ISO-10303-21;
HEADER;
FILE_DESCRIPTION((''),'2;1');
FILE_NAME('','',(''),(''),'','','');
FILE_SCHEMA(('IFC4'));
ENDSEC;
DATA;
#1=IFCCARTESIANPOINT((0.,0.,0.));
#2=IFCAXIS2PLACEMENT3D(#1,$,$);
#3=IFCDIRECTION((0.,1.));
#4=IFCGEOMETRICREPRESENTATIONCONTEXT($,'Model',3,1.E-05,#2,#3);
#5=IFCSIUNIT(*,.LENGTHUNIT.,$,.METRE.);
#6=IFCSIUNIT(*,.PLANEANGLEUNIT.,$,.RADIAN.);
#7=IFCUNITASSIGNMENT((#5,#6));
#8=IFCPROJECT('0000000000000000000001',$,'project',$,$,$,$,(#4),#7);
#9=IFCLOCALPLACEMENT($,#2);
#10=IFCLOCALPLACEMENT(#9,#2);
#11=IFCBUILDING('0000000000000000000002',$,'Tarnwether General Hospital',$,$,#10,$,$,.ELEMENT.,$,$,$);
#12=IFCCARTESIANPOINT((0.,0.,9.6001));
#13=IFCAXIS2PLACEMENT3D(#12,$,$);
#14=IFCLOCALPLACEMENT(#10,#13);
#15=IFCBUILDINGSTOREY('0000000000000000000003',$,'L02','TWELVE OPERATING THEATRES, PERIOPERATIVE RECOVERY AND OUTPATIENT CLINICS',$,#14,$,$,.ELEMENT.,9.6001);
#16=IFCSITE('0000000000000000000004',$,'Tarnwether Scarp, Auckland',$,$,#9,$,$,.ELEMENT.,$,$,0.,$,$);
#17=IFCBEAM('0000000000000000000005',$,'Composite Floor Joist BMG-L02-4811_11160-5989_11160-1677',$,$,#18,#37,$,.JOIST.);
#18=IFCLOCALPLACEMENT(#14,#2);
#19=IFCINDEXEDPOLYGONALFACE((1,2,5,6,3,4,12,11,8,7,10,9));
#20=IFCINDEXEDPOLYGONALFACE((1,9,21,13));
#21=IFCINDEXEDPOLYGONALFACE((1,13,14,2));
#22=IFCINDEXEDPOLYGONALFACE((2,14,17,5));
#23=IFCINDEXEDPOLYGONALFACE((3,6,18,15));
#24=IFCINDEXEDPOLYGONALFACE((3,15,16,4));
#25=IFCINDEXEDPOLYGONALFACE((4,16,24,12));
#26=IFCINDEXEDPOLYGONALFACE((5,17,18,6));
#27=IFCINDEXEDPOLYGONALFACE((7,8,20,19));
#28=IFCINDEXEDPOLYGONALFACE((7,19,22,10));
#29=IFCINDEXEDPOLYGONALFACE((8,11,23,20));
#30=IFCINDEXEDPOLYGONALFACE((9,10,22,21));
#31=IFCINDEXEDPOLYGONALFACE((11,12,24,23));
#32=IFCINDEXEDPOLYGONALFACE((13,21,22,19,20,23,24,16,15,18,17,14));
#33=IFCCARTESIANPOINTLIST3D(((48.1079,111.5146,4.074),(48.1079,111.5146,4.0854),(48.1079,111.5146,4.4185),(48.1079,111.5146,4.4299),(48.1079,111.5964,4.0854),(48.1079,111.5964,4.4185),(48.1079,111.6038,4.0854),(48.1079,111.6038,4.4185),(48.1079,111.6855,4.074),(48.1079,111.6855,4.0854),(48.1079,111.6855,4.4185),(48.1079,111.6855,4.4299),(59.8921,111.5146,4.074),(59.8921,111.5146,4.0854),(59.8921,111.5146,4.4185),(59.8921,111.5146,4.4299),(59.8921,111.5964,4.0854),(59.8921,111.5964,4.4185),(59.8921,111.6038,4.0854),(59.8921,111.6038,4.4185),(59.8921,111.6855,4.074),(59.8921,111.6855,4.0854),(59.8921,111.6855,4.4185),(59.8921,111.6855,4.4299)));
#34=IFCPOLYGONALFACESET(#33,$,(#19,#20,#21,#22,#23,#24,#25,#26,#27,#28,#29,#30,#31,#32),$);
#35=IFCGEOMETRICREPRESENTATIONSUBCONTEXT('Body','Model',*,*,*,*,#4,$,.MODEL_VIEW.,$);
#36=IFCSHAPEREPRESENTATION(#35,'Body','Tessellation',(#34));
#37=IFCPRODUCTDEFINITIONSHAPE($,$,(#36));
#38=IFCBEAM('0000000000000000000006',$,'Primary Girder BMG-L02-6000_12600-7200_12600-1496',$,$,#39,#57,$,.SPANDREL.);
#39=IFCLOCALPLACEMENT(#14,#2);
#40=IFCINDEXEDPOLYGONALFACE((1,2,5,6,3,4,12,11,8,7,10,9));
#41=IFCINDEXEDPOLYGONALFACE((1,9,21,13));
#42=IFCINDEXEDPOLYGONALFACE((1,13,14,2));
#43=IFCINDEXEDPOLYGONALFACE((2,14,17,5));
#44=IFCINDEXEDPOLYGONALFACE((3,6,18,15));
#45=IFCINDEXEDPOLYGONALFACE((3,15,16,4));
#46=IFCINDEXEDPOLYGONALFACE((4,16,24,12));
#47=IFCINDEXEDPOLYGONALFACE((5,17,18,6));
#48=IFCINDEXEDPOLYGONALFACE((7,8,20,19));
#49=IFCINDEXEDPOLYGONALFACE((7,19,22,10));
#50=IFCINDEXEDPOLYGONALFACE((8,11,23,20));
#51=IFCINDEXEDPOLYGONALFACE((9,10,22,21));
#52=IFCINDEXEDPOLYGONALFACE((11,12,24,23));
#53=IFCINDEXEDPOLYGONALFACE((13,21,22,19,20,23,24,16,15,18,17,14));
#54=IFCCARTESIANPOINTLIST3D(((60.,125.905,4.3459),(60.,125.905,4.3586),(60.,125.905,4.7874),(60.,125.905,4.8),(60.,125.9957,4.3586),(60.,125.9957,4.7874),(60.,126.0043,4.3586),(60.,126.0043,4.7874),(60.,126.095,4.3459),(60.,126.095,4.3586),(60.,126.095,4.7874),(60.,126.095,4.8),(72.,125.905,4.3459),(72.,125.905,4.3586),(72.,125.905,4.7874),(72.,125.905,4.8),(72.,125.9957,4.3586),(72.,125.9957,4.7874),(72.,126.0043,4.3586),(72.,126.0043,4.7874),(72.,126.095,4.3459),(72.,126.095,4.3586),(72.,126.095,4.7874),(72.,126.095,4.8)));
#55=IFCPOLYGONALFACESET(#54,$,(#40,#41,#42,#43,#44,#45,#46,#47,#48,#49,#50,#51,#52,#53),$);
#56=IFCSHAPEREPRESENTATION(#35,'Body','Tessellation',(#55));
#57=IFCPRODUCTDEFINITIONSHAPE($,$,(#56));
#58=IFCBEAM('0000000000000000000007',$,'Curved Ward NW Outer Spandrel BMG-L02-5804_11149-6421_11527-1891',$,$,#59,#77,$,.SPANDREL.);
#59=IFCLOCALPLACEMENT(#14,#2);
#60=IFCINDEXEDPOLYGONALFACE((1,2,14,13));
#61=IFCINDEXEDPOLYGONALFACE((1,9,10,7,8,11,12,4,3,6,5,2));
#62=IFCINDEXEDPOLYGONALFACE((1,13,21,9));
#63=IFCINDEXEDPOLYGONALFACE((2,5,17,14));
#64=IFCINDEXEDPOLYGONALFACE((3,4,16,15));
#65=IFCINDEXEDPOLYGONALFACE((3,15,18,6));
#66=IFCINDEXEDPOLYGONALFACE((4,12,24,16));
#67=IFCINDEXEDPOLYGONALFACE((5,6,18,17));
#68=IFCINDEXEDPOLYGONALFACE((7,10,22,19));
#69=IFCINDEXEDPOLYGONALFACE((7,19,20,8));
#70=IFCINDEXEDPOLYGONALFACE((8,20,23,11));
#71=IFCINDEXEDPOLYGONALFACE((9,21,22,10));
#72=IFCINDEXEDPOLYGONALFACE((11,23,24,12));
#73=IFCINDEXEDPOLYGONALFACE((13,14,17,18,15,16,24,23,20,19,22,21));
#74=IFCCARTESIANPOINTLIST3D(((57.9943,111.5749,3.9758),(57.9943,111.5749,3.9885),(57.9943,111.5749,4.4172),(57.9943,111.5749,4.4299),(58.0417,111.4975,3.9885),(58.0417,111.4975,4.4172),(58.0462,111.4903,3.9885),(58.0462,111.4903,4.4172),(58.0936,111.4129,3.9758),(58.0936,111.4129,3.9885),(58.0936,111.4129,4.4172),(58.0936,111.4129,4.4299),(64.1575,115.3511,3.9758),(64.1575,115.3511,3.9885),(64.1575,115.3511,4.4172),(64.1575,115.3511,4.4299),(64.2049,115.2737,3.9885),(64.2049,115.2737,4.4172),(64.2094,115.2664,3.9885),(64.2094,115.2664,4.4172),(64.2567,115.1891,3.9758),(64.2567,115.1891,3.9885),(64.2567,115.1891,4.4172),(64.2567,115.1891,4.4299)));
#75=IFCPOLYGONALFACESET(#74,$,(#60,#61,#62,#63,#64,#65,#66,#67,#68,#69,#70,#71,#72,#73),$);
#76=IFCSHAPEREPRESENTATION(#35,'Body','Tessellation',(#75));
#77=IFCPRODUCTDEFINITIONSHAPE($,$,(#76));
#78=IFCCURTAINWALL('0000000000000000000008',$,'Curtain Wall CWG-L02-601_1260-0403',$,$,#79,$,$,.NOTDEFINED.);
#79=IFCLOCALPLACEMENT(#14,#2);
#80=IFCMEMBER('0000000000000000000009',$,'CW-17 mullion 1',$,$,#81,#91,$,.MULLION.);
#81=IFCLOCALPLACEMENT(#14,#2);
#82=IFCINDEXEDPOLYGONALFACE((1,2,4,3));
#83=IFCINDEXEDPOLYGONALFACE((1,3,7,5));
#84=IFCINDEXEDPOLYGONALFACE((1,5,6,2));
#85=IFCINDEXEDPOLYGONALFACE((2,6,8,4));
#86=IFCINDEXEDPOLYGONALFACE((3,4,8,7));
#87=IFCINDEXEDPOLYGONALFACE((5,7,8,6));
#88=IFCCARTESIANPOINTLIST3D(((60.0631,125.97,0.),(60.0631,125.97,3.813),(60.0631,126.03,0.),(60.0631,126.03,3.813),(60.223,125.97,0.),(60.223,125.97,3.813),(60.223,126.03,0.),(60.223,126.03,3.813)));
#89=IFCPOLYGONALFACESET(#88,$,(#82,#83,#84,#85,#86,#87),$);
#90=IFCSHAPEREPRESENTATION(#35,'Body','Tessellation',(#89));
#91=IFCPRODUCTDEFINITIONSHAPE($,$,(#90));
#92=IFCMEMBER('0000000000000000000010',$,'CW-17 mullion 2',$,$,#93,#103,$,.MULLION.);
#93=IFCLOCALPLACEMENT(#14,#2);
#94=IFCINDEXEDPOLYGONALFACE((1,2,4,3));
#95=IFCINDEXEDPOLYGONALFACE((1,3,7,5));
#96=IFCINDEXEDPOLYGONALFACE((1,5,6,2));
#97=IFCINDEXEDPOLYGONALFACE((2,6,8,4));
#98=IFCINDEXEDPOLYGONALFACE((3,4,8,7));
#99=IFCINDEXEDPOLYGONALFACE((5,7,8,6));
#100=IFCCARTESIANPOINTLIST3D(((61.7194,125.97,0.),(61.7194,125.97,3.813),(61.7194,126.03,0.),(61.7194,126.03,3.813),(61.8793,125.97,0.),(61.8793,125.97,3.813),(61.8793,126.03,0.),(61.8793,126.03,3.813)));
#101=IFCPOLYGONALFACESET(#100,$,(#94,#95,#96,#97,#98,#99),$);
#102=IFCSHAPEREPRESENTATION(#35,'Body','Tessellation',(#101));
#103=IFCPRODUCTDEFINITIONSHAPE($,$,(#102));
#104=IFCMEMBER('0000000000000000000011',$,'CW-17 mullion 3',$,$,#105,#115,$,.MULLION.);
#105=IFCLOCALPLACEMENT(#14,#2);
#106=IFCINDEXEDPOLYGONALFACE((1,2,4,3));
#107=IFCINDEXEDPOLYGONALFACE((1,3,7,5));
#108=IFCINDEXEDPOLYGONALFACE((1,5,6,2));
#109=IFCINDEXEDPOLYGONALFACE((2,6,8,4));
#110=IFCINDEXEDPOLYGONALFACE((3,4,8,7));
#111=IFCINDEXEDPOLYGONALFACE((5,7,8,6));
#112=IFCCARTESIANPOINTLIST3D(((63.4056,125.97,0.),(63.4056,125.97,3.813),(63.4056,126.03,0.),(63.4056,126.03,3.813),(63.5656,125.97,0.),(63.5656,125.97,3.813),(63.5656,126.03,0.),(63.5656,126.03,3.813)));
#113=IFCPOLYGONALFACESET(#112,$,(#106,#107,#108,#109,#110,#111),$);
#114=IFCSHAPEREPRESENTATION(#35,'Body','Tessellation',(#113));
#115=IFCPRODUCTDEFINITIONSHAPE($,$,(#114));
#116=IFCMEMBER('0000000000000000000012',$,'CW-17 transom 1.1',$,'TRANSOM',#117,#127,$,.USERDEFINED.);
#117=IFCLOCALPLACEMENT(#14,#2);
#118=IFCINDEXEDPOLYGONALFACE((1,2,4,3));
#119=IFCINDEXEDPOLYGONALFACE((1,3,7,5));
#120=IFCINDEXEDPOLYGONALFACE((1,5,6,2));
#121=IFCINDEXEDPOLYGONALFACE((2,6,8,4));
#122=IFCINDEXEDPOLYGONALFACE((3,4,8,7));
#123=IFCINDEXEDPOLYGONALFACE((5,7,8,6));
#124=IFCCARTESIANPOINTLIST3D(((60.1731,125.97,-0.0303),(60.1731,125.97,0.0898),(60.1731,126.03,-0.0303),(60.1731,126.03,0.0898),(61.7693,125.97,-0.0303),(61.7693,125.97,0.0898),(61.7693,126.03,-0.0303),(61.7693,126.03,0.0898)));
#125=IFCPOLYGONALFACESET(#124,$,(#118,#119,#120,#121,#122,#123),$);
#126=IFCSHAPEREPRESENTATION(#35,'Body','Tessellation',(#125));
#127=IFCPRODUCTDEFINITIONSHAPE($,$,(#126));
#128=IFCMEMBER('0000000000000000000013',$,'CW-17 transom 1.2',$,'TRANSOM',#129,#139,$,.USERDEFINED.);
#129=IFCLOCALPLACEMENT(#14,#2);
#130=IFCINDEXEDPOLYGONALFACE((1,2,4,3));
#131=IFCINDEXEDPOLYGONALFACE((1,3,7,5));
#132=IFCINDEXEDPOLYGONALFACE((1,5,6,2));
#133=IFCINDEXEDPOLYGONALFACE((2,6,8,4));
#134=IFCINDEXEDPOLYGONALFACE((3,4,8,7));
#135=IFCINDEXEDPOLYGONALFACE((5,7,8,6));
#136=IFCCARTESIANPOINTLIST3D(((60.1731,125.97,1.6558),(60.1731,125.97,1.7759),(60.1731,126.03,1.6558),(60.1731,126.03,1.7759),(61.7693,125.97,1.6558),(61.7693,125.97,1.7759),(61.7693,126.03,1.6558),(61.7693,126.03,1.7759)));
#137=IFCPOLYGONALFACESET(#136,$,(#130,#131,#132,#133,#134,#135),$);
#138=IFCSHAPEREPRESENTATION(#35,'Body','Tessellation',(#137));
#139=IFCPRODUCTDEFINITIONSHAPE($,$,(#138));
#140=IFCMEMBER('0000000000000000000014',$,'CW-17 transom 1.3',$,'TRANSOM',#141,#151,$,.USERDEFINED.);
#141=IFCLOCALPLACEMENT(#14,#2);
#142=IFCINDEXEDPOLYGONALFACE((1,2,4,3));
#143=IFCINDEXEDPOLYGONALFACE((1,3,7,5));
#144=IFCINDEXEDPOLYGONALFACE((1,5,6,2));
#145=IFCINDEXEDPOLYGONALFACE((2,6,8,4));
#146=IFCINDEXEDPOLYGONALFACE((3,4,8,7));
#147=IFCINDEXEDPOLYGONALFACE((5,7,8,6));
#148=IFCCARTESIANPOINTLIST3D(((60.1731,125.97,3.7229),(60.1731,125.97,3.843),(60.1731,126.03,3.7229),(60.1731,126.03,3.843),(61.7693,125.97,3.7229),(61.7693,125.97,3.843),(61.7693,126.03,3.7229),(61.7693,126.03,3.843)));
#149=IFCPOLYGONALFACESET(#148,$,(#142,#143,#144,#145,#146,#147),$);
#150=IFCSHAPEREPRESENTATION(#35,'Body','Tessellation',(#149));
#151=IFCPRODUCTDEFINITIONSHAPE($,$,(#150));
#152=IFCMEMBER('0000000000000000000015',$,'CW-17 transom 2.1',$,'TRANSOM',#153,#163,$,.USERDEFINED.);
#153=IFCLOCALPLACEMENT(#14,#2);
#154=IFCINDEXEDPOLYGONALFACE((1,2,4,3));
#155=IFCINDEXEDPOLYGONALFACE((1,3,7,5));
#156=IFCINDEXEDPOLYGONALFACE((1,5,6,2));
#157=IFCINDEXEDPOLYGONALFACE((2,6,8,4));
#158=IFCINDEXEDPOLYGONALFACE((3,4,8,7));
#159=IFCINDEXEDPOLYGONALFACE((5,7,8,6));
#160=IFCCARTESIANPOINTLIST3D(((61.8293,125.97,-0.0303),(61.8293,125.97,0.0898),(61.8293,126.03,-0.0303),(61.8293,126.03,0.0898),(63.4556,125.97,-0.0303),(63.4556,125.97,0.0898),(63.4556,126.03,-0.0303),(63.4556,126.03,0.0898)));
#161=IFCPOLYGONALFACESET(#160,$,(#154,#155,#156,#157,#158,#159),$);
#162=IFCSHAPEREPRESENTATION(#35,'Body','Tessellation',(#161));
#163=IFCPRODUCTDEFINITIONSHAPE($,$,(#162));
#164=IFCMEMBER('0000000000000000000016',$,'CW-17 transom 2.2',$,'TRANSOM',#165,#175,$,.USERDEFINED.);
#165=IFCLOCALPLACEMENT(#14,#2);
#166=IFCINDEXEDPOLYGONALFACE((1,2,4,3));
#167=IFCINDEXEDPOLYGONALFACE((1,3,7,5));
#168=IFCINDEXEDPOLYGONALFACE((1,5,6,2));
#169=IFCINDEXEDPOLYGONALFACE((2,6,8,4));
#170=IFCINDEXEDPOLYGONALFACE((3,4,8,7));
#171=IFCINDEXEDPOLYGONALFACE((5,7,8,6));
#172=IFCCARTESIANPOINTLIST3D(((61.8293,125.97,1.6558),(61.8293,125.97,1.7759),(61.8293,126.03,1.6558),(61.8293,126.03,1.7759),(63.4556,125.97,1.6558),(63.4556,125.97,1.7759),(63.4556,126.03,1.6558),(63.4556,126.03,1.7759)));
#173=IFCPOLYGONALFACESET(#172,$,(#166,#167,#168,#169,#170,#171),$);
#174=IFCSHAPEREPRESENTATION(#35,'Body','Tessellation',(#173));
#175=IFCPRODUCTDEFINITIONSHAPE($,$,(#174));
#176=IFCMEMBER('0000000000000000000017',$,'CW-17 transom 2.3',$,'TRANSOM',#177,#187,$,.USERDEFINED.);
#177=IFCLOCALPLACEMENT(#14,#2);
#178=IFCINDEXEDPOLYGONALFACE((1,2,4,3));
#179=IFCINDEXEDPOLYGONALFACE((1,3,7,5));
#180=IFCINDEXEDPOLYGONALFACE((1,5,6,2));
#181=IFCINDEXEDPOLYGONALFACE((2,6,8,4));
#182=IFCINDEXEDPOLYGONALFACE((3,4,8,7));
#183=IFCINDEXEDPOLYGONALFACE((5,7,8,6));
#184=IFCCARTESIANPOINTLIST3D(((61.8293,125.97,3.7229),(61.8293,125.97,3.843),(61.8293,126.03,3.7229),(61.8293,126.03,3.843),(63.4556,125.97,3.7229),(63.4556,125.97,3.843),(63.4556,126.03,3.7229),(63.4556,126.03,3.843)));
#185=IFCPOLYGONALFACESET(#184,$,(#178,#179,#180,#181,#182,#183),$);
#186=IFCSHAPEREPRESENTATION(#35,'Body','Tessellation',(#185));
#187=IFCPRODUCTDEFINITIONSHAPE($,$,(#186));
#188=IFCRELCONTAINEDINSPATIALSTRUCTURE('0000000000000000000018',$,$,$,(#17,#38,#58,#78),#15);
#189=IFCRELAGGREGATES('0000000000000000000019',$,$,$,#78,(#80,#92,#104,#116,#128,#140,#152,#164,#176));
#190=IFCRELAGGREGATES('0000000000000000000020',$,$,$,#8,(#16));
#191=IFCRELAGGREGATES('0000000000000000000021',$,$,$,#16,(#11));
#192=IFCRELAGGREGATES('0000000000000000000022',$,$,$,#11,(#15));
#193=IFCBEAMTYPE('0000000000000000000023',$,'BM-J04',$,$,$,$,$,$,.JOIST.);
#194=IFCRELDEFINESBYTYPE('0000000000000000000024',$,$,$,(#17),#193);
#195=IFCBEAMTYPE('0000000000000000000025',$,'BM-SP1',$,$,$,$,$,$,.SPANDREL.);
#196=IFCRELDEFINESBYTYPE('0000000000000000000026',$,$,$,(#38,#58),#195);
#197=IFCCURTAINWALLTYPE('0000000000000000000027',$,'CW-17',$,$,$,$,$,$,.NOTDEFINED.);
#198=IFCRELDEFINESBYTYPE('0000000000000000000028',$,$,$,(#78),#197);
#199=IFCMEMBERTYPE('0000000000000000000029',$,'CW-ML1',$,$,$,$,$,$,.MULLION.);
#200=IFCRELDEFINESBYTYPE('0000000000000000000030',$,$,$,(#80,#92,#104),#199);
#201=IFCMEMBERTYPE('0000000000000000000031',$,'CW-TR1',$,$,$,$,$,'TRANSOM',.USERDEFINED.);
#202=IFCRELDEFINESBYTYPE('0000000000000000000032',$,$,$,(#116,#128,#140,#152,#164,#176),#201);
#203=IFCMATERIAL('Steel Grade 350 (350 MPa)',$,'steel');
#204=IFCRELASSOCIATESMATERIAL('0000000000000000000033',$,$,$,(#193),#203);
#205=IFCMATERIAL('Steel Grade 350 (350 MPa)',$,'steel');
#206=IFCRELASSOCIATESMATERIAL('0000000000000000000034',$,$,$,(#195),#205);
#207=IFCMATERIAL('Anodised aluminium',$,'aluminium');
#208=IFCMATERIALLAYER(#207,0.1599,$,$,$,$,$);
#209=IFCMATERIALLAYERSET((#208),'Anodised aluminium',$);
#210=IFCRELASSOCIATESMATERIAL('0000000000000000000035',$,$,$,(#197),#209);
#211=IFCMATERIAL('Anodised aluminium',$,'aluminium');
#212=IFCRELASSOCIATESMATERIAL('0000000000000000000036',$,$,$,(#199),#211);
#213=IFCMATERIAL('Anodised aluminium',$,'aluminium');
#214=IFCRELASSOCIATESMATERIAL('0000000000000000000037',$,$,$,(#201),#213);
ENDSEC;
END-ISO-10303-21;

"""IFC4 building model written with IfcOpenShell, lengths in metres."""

from ifc_helpers import new_model, si_unit, direction, frame, origin, origin_2d, place, context, subcontext, project, spatial, rectangle, i_section, extrude, material, layer, layer_set, material_profile, profile_set, type_object, element, aggregate, save


model = new_model("IFC4")

# Units and contexts
model_context = context("Model", 3, precision=1e-05, world=origin(), true_north=direction((0.0, 1.0)))
body_context = subcontext(model_context, "Body", "Model", "MODEL_VIEW")
ifc_project = project(units=[si_unit("LENGTHUNIT", "METRE"), si_unit("PLANEANGLEUNIT", "RADIAN")], contexts=[model_context])

# Site, building, storey
site_placement = place(None, origin())
site = spatial("IfcSite", under=ifc_project, at=site_placement, Name="Tarnwether Scarp, Auckland", CompositionType="ELEMENT", RefElevation=0.0)
building_placement = place(site_placement, origin())
building = spatial("IfcBuilding", under=site, at=building_placement, Name="Tarnwether General Hospital", CompositionType="ELEMENT")
storey_placement = place(building_placement, frame((0.0, 0.0, 9.6001)))
storey = spatial("IfcBuildingStorey", under=building, at=storey_placement, Name="L02", Description="TWELVE OPERATING THEATRES, PERIOPERATIVE RECOVERY AND OUTPATIENT CLINICS", CompositionType="ELEMENT", Elevation=9.6001)

# Beams
ifc_material_1 = material(Name="Steel Grade 350 (350 MPa)", Category="steel")
ifc_material_profile_1 = material_profile(ifc_material_1, i_section(OverallWidth=0.1709, OverallDepth=0.356, WebThickness=0.0073, FlangeThickness=0.0115, at=origin_2d()), Name="360UB50.7")
ifc_profile_set_1 = profile_set([ifc_material_profile_1], Name="Steel Grade 350 (350 MPa)")
beam_type_1 = type_object("IfcBeamType", Name="BM-J04", PredefinedType="JOIST", material=ifc_profile_set_1)
beam_1_placement = place(storey_placement, frame((48.1079, 111.6001, 4.252), z_axis=(1.0, 0.0, 0.0), x_axis=(0.0, 1.0, 0.0)))
element("IfcBeam", 1, at=beam_1_placement, inside=storey, type_object=beam_type_1, Name="Composite Floor Joist BMG-L02-4811_11160-5989_11160-1677", PredefinedType="JOIST", context=body_context, shape_type="SweptSolid", body=[
    extrude(i_section(OverallWidth=0.1709, OverallDepth=0.356, WebThickness=0.0073, FlangeThickness=0.0115, at=origin_2d()), origin(), (0.0, 0.0, 1.0), 11.7842),
])
ifc_material_2 = material(Name="Steel Grade 350 (350 MPa)", Category="steel")
ifc_material_profile_2 = material_profile(ifc_material_2, i_section(OverallWidth=0.1899, OverallDepth=0.4541, WebThickness=0.0085, FlangeThickness=0.0127, at=origin_2d()), Name="460UB67.1")
ifc_profile_set_2 = profile_set([ifc_material_profile_2], Name="Steel Grade 350 (350 MPa)")
beam_type_2 = type_object("IfcBeamType", Name="BM-SP1", PredefinedType="SPANDREL", material=ifc_profile_set_2)
beam_2_placement = place(storey_placement, frame((60.0, 126.0, 4.573), z_axis=(1.0, 0.0, 0.0), x_axis=(0.0, 1.0, 0.0)))
element("IfcBeam", 2, at=beam_2_placement, inside=storey, type_object=beam_type_2, Name="Primary Girder BMG-L02-6000_12600-7200_12600-1496", PredefinedType="SPANDREL", context=body_context, shape_type="SweptSolid", body=[
    extrude(i_section(OverallWidth=0.1899, OverallDepth=0.4541, WebThickness=0.0085, FlangeThickness=0.0127, at=origin_2d()), origin(), (0.0, 0.0, 1.0), 12.0),
])
beam_3_placement = place(storey_placement, frame((58.0439, 111.4939, 4.2029), z_axis=(0.852678, 0.522436, 0.0), x_axis=(-0.522436, 0.852678, 0.0)))
element("IfcBeam", 3, at=beam_3_placement, inside=storey, type_object=beam_type_2, Name="Curved Ward NW Outer Spandrel BMG-L02-5804_11149-6421_11527-1891", PredefinedType="SPANDREL", context=body_context, shape_type="SweptSolid", body=[
    extrude(i_section(OverallWidth=0.1899, OverallDepth=0.4541, WebThickness=0.0085, FlangeThickness=0.0127, at=origin_2d()), origin(), (0.0, 0.0, 1.0), 7.228),
])

# Curtain wall, members
ifc_material_3 = material(Name="Anodised aluminium", Category="aluminium")
ifc_layer_1 = layer(ifc_material_3, 0.1599)
ifc_layer_set_1 = layer_set([ifc_layer_1], Name="Anodised aluminium")
curtain_wall_type = type_object("IfcCurtainWallType", Name="CW-17", PredefinedType="NOTDEFINED", material=ifc_layer_set_1)
curtain_wall_placement = place(storey_placement, origin())
curtain_wall = element("IfcCurtainWall", 4, at=curtain_wall_placement, inside=storey, type_object=curtain_wall_type, Name="Curtain Wall CWG-L02-601_1260-0403", PredefinedType="NOTDEFINED")
ifc_material_4 = material(Name="Anodised aluminium", Category="aluminium")
ifc_material_profile_3 = material_profile(ifc_material_4, rectangle(XDim=0.0601, YDim=0.1599, at=origin_2d()), Name="ALU-MUL-60x160")
ifc_profile_set_3 = profile_set([ifc_material_profile_3], Name="Anodised aluminium")
member_type_1 = type_object("IfcMemberType", Name="CW-ML1", PredefinedType="MULLION", material=ifc_profile_set_3)
member_1_placement = place(storey_placement, frame((60.1431, 126.0, 0.0), z_axis=(0.0, 0.0, 1.0), x_axis=(0.0, 1.0, 0.0)))
member_1 = element("IfcMember", 5, at=member_1_placement, type_object=member_type_1, Name="CW-17 mullion 1", PredefinedType="MULLION", context=body_context, shape_type="SweptSolid", body=[
    extrude(rectangle(XDim=0.0601, YDim=0.1599, at=origin_2d()), origin(), (0.0, 0.0, 1.0), 3.813),
])
member_2_placement = place(storey_placement, frame((61.7993, 126.0, 0.0), z_axis=(0.0, 0.0, 1.0), x_axis=(0.0, 1.0, 0.0)))
member_2 = element("IfcMember", 6, at=member_2_placement, type_object=member_type_1, Name="CW-17 mullion 2", PredefinedType="MULLION", context=body_context, shape_type="SweptSolid", body=[
    extrude(rectangle(XDim=0.0601, YDim=0.1599, at=origin_2d()), origin(), (0.0, 0.0, 1.0), 3.813),
])
member_3_placement = place(storey_placement, frame((63.4856, 126.0, 0.0), z_axis=(0.0, 0.0, 1.0), x_axis=(0.0, 1.0, 0.0)))
member_3 = element("IfcMember", 7, at=member_3_placement, type_object=member_type_1, Name="CW-17 mullion 3", PredefinedType="MULLION", context=body_context, shape_type="SweptSolid", body=[
    extrude(rectangle(XDim=0.0601, YDim=0.1599, at=origin_2d()), origin(), (0.0, 0.0, 1.0), 3.813),
])
ifc_material_5 = material(Name="Anodised aluminium", Category="aluminium")
ifc_material_profile_4 = material_profile(ifc_material_5, rectangle(XDim=0.0601, YDim=0.1201, at=origin_2d()), Name="ALU-TRN-60x120")
ifc_profile_set_4 = profile_set([ifc_material_profile_4], Name="Anodised aluminium")
member_type_2 = type_object("IfcMemberType", Name="CW-TR1", ElementType="TRANSOM", PredefinedType="USERDEFINED", material=ifc_profile_set_4)
member_4_placement = place(storey_placement, frame((60.1731, 126.0, 0.0298), z_axis=(1.0, 0.0, 0.0), x_axis=(0.0, 1.0, 0.0)))
member_4 = element("IfcMember", 8, at=member_4_placement, type_object=member_type_2, Name="CW-17 transom 1.1", ObjectType="TRANSOM", PredefinedType="USERDEFINED", context=body_context, shape_type="SweptSolid", body=[
    extrude(rectangle(XDim=0.0601, YDim=0.1201, at=origin_2d()), origin(), (0.0, 0.0, 1.0), 1.5962),
])
member_5_placement = place(storey_placement, frame((60.1731, 126.0, 1.7158), z_axis=(1.0, 0.0, 0.0), x_axis=(0.0, 1.0, 0.0)))
member_5 = element("IfcMember", 9, at=member_5_placement, type_object=member_type_2, Name="CW-17 transom 1.2", ObjectType="TRANSOM", PredefinedType="USERDEFINED", context=body_context, shape_type="SweptSolid", body=[
    extrude(rectangle(XDim=0.0601, YDim=0.1201, at=origin_2d()), origin(), (0.0, 0.0, 1.0), 1.5962),
])
member_6_placement = place(storey_placement, frame((60.1731, 126.0, 3.783), z_axis=(1.0, 0.0, 0.0), x_axis=(0.0, 1.0, 0.0)))
member_6 = element("IfcMember", 10, at=member_6_placement, type_object=member_type_2, Name="CW-17 transom 1.3", ObjectType="TRANSOM", PredefinedType="USERDEFINED", context=body_context, shape_type="SweptSolid", body=[
    extrude(rectangle(XDim=0.0601, YDim=0.1201, at=origin_2d()), origin(), (0.0, 0.0, 1.0), 1.5962),
])
member_7_placement = place(storey_placement, frame((61.8293, 126.0, 0.0298), z_axis=(1.0, 0.0, 0.0), x_axis=(0.0, 1.0, 0.0)))
member_7 = element("IfcMember", 11, at=member_7_placement, type_object=member_type_2, Name="CW-17 transom 2.1", ObjectType="TRANSOM", PredefinedType="USERDEFINED", context=body_context, shape_type="SweptSolid", body=[
    extrude(rectangle(XDim=0.0601, YDim=0.1201, at=origin_2d()), origin(), (0.0, 0.0, 1.0), 1.6262),
])
member_8_placement = place(storey_placement, frame((61.8293, 126.0, 1.7158), z_axis=(1.0, 0.0, 0.0), x_axis=(0.0, 1.0, 0.0)))
member_8 = element("IfcMember", 12, at=member_8_placement, type_object=member_type_2, Name="CW-17 transom 2.2", ObjectType="TRANSOM", PredefinedType="USERDEFINED", context=body_context, shape_type="SweptSolid", body=[
    extrude(rectangle(XDim=0.0601, YDim=0.1201, at=origin_2d()), origin(), (0.0, 0.0, 1.0), 1.6262),
])
member_9_placement = place(storey_placement, frame((61.8293, 126.0, 3.783), z_axis=(1.0, 0.0, 0.0), x_axis=(0.0, 1.0, 0.0)))
member_9 = element("IfcMember", 13, at=member_9_placement, type_object=member_type_2, Name="CW-17 transom 2.3", ObjectType="TRANSOM", PredefinedType="USERDEFINED", context=body_context, shape_type="SweptSolid", body=[
    extrude(rectangle(XDim=0.0601, YDim=0.1201, at=origin_2d()), origin(), (0.0, 0.0, 1.0), 1.6262),
])
aggregate(curtain_wall, [member_1, member_2, member_3, member_4, member_5, member_6, member_7, member_8, member_9])

save(model, "model.ifc")
